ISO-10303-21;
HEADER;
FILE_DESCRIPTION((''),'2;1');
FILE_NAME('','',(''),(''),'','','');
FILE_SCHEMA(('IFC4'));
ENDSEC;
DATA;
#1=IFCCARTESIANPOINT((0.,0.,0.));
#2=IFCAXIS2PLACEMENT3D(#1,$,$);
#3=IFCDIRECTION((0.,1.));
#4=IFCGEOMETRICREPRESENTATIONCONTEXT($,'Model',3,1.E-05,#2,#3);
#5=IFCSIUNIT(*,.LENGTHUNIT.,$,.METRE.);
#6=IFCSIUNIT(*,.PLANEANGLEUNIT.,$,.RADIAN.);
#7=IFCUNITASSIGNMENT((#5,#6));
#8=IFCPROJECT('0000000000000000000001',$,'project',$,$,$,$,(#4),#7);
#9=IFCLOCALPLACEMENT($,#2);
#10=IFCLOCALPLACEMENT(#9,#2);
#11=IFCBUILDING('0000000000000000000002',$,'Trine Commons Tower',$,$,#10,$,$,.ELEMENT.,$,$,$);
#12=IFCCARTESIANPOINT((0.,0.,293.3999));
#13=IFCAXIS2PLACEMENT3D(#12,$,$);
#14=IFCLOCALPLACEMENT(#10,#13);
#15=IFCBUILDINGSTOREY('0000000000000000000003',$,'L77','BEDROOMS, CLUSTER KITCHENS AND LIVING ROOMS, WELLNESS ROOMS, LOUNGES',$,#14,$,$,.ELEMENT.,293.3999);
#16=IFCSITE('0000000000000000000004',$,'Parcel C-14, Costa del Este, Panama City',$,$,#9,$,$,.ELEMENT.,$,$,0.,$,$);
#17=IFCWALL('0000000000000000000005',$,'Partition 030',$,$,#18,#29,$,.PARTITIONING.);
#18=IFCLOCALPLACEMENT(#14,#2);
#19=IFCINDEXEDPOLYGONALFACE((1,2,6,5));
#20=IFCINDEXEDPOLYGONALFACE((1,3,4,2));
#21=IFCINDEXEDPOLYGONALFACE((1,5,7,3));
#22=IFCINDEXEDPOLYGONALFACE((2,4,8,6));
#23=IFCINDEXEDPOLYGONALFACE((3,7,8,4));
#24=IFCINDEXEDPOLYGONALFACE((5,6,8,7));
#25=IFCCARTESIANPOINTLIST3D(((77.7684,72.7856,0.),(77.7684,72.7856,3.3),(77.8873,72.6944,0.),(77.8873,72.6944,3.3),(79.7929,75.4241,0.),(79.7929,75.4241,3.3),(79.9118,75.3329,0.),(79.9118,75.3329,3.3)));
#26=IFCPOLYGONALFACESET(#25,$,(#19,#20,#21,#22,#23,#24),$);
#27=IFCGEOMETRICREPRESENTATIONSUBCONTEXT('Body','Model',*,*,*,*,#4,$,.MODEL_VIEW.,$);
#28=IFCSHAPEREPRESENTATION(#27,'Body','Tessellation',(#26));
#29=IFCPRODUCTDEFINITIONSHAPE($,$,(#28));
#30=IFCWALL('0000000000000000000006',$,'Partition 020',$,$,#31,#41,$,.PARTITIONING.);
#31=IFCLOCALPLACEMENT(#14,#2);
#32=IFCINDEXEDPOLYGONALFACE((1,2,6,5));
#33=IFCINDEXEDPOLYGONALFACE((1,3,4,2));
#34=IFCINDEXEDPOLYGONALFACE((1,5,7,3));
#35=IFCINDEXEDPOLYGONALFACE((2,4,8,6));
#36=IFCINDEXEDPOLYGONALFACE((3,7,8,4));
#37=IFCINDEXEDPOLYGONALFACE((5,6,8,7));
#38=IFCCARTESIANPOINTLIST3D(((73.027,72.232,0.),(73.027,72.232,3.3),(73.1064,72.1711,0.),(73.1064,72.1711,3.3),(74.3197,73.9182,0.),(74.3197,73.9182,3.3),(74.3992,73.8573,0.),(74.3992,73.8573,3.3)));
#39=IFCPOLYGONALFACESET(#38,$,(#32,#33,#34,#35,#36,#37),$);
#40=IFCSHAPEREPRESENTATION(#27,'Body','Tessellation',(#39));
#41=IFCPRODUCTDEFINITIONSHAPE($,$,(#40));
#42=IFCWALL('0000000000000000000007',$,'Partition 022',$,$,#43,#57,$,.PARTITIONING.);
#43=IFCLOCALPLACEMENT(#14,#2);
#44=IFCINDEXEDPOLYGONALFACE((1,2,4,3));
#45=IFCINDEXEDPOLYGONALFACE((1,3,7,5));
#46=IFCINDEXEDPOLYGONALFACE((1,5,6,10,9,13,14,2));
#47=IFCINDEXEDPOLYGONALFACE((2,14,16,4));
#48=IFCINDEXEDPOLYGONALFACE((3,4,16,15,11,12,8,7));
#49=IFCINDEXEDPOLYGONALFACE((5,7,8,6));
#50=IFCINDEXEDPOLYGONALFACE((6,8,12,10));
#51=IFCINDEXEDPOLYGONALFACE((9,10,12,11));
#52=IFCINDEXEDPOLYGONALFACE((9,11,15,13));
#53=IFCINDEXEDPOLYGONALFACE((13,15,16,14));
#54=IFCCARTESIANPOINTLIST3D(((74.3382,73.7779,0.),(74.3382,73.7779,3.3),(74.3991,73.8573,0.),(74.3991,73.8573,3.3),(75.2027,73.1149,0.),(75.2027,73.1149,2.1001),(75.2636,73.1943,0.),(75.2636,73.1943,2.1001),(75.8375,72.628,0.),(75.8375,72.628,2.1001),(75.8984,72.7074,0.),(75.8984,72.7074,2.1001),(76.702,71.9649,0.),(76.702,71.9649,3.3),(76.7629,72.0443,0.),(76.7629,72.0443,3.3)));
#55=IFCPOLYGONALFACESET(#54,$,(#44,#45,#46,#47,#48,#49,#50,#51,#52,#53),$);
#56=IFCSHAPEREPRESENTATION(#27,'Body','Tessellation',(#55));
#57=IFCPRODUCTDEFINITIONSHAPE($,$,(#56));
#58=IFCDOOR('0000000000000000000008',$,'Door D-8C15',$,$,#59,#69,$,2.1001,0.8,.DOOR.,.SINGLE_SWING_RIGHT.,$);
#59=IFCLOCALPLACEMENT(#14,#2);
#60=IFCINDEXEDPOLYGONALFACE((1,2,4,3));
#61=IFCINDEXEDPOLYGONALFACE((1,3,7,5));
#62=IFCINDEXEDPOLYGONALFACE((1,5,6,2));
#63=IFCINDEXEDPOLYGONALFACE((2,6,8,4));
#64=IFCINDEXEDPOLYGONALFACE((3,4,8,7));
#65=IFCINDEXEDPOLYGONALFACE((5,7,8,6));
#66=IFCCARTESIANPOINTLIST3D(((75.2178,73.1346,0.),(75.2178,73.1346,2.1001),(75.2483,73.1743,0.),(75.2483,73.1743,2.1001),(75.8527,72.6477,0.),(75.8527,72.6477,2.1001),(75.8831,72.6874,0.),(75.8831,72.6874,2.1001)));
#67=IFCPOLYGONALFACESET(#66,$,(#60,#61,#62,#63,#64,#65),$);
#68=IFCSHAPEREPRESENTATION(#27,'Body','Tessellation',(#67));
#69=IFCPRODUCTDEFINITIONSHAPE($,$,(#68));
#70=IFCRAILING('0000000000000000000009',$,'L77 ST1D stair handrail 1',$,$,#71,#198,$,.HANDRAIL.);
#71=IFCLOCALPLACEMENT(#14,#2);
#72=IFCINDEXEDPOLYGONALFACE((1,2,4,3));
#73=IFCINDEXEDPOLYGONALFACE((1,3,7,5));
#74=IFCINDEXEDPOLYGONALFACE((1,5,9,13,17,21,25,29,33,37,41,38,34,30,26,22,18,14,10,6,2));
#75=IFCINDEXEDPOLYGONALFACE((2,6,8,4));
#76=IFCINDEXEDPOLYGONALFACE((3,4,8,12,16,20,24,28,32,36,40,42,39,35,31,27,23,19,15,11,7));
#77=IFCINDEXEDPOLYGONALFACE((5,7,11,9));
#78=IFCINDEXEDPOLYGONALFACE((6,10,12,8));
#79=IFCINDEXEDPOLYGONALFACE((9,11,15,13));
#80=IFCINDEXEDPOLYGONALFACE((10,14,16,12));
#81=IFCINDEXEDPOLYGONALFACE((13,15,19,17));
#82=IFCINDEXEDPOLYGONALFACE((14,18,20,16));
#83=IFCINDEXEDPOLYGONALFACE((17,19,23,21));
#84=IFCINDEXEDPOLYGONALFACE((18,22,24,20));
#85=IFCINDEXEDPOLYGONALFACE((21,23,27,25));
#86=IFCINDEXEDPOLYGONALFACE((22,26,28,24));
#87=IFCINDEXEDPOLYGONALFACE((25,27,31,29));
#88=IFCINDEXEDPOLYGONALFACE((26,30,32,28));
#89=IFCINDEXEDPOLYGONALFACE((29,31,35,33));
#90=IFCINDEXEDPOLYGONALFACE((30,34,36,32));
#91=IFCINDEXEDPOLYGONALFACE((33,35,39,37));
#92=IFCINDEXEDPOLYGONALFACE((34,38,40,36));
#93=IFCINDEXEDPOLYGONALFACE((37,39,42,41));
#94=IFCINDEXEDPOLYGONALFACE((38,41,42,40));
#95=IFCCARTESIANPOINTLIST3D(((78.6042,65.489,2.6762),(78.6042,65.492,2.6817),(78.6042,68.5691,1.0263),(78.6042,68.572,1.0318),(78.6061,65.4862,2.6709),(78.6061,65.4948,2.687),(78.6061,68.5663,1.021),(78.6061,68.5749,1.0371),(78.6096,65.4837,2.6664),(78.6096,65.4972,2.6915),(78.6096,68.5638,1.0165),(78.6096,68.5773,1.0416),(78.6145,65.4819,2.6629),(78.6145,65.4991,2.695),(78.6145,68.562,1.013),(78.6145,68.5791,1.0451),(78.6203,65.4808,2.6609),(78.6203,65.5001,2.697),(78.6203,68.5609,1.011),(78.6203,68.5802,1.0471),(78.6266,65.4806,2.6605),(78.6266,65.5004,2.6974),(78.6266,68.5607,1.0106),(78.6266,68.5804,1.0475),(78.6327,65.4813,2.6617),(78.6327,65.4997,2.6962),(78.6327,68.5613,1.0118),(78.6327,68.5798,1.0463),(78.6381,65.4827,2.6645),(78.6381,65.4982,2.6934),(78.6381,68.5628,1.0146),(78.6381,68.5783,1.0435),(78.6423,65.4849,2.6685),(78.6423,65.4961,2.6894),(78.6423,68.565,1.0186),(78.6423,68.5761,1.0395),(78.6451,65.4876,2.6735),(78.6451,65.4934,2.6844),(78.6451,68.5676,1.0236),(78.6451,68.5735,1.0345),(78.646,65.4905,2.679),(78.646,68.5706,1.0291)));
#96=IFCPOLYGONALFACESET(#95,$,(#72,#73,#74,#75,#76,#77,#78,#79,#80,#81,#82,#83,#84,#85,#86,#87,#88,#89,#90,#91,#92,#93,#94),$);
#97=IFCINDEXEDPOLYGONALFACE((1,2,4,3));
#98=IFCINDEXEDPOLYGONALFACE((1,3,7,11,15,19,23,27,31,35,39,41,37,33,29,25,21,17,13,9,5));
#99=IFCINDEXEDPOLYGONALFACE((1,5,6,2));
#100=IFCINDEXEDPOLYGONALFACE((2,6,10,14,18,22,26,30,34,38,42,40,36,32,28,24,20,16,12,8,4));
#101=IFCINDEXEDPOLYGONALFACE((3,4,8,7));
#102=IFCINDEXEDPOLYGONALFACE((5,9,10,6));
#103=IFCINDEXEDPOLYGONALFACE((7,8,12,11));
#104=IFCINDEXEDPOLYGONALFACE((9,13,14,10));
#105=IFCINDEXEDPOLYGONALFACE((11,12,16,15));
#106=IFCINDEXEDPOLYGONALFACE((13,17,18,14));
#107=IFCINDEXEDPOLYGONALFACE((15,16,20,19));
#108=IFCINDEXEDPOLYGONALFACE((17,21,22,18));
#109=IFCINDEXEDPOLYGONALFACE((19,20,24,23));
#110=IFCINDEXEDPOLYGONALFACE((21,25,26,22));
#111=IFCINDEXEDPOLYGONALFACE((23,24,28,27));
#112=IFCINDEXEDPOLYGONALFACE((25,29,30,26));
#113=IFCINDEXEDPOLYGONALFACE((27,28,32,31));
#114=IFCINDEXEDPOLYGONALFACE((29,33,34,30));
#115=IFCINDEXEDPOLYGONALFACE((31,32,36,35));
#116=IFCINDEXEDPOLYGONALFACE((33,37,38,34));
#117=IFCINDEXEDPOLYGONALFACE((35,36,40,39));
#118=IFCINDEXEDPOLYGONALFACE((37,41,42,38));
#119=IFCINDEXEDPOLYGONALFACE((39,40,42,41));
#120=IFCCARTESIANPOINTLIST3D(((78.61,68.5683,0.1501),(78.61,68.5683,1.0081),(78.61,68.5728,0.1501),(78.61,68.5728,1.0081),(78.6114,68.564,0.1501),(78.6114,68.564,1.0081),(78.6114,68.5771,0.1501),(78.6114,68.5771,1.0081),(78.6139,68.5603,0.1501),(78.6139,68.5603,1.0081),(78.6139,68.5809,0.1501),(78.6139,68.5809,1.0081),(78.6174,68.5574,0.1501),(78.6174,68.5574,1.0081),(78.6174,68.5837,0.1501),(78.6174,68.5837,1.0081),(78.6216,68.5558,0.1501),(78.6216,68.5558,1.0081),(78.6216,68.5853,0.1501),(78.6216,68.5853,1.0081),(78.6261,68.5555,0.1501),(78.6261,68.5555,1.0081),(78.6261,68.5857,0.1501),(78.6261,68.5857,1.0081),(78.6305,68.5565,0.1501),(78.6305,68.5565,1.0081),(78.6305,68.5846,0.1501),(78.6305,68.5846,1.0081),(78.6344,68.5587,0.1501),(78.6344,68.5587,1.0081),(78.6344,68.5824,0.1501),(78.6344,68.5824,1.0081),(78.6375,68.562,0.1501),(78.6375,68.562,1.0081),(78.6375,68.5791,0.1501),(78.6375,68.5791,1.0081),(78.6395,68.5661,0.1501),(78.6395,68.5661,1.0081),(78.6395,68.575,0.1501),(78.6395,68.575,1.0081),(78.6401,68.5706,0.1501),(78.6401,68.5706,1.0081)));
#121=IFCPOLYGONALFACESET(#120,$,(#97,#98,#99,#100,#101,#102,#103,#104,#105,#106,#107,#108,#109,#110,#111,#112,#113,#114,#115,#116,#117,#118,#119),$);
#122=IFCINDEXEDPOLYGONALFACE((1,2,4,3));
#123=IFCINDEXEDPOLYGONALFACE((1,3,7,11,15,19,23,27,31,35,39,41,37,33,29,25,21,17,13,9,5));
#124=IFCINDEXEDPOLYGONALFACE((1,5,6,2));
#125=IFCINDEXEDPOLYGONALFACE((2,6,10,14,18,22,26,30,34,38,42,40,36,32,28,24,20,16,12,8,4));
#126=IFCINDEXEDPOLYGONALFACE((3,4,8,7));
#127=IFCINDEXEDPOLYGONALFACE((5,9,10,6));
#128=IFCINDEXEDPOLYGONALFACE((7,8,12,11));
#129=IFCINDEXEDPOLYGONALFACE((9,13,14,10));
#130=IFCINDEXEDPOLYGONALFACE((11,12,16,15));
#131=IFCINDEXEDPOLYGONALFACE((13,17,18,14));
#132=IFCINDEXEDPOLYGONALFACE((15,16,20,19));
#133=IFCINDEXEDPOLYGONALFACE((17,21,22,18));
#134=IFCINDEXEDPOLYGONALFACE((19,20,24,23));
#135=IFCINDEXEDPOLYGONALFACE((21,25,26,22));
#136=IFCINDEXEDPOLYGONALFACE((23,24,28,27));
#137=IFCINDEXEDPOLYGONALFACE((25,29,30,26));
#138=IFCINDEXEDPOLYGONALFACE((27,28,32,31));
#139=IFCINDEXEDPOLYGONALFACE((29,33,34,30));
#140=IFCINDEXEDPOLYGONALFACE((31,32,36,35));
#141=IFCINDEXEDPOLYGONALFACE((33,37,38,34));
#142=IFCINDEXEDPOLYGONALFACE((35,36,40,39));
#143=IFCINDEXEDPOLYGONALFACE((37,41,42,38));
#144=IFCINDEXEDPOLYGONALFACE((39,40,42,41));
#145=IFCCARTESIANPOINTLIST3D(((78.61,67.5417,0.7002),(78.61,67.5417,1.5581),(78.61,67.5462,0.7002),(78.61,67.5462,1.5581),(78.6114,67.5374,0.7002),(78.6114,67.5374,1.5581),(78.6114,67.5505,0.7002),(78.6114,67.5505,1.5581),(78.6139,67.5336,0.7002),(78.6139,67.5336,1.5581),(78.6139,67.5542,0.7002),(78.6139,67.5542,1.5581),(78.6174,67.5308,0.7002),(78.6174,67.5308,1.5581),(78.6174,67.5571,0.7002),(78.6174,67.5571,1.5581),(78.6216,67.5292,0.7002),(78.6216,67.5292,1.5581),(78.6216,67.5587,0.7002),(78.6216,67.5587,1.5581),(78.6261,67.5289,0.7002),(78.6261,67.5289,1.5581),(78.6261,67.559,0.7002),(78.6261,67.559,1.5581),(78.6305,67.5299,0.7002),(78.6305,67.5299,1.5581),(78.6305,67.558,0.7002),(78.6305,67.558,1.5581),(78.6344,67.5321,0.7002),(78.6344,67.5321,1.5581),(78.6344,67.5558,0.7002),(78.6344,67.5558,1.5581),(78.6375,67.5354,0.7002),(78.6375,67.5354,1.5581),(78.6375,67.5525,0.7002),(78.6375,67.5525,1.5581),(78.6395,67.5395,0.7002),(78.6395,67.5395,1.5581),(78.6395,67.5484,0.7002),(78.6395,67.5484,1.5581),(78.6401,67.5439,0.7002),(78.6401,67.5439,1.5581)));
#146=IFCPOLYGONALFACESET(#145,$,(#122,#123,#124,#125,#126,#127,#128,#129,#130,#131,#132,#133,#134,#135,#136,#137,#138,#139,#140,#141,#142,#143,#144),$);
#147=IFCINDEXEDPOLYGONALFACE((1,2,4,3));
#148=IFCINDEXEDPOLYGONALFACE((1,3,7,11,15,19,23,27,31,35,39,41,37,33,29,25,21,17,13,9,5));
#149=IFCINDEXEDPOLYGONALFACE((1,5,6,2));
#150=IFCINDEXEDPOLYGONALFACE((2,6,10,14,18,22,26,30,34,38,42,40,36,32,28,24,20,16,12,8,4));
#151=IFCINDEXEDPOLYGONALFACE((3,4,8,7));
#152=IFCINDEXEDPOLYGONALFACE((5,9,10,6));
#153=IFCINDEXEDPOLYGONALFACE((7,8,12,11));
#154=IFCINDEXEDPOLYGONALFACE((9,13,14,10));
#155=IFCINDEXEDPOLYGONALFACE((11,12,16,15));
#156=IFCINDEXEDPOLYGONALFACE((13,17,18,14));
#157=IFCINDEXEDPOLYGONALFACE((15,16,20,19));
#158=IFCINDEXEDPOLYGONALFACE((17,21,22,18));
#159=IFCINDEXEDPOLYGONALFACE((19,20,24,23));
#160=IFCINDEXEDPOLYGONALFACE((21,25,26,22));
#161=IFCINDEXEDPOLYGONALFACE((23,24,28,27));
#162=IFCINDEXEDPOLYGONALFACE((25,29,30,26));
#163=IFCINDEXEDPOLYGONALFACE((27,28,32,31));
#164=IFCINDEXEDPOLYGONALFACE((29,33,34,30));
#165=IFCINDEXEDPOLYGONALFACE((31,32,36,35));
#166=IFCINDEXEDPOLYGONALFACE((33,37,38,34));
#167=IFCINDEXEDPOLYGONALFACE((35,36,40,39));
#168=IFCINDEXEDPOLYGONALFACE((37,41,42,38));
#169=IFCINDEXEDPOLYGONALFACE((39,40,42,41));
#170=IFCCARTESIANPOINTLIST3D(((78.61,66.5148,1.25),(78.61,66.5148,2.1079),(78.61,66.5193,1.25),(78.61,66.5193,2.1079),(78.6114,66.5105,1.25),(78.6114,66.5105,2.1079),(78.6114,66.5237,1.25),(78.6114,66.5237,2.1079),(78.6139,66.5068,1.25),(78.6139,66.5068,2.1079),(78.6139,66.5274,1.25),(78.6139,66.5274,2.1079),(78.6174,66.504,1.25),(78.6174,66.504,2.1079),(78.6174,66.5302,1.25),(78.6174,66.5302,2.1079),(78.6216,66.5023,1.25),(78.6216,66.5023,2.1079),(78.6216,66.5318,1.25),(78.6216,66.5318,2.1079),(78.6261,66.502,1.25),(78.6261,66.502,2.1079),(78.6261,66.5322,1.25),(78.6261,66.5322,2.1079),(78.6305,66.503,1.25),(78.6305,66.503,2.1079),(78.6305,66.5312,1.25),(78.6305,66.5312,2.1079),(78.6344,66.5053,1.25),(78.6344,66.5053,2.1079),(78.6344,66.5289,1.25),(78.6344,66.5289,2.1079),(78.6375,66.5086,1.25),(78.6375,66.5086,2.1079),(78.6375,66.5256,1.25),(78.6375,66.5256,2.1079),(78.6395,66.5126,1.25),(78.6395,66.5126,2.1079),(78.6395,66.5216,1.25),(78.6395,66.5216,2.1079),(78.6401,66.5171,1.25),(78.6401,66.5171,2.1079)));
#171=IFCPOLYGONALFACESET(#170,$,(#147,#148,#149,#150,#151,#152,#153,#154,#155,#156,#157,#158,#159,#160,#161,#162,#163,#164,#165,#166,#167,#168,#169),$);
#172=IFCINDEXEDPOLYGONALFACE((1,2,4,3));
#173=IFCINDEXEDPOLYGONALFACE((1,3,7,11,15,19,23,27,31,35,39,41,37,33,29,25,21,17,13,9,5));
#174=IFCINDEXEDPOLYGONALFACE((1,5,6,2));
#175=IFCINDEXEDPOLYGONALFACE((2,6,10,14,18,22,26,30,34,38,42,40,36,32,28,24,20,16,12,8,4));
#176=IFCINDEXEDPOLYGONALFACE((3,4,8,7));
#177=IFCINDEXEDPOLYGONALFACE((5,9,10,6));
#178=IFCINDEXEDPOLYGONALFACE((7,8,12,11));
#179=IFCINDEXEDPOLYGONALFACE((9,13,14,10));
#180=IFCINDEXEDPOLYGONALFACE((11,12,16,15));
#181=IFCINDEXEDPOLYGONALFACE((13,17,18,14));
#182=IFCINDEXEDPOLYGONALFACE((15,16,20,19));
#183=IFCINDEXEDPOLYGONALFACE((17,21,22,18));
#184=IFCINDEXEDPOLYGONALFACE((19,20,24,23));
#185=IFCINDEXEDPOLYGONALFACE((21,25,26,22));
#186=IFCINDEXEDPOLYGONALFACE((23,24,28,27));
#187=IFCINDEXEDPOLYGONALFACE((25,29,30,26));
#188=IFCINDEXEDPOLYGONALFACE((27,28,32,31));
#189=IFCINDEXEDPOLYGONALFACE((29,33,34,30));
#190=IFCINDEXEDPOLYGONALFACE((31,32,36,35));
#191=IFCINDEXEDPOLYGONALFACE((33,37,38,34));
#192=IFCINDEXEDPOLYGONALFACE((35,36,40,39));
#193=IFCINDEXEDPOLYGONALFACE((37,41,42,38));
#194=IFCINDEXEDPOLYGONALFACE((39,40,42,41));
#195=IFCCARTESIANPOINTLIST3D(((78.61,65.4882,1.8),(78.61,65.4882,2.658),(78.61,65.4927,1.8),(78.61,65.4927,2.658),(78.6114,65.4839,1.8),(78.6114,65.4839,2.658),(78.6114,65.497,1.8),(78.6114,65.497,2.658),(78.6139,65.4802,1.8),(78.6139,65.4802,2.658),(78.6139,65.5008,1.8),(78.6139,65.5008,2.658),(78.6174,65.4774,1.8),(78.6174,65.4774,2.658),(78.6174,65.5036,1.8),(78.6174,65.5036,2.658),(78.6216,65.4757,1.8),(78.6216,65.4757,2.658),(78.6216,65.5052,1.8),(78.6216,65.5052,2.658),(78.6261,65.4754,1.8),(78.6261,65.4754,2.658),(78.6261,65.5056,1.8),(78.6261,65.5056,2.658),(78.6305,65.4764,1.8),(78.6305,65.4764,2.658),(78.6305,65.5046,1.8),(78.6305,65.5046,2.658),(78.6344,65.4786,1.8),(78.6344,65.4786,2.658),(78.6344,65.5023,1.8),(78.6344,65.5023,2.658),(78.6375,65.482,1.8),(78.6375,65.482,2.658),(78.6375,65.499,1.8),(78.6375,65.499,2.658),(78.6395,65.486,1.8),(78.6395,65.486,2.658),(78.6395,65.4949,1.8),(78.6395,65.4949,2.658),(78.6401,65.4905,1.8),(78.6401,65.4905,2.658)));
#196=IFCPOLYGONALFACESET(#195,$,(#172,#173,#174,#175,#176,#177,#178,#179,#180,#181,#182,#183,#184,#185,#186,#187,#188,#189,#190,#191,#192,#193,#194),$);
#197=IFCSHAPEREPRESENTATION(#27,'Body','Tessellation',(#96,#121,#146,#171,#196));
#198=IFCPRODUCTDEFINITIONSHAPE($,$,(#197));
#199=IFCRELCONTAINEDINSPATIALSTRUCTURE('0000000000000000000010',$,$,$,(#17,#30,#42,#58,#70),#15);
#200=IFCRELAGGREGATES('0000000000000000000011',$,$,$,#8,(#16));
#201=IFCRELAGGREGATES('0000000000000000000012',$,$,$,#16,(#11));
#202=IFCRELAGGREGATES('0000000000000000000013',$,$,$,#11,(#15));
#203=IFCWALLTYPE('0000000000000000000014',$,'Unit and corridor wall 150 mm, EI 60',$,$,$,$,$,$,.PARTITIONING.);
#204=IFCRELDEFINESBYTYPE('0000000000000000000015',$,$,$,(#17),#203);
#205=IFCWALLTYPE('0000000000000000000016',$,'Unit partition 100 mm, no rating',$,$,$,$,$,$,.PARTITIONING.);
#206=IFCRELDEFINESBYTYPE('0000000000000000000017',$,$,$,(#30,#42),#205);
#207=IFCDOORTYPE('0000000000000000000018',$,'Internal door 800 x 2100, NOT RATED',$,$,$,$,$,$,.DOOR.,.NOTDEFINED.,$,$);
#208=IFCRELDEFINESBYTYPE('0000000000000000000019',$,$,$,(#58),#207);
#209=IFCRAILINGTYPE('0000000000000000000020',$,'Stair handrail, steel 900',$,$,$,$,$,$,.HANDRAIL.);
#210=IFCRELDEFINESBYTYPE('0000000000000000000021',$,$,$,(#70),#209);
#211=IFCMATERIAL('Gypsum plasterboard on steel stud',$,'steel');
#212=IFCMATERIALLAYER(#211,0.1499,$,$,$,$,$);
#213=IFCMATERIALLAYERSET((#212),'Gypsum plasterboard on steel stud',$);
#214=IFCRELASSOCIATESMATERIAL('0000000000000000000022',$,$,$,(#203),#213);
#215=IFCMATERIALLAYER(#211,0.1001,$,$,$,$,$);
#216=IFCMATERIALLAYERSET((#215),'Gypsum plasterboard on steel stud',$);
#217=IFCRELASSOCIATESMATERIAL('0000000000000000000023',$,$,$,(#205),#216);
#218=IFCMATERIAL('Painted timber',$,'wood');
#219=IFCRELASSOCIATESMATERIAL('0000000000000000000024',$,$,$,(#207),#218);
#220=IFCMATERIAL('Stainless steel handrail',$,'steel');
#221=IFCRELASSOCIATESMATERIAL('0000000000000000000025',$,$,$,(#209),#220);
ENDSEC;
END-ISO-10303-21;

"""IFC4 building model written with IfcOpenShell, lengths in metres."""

from ifc_helpers import new_model, si_unit, direction, frame, frame_2d, origin, origin_2d, place, context, subcontext, project, spatial, rectangle, circle, extrude, material, layer, layer_set, type_object, element, fill, save


model = new_model("IFC4")

# Units and contexts
model_context = context("Model", 3, precision=1e-05, world=origin(), true_north=direction((0.0, 1.0)))
body_context = subcontext(model_context, "Body", "Model", "MODEL_VIEW")
ifc_project = project(units=[si_unit("LENGTHUNIT", "METRE"), si_unit("PLANEANGLEUNIT", "RADIAN")], contexts=[model_context])

# Site, building, storey
site_placement = place(None, origin())
site = spatial("IfcSite", under=ifc_project, at=site_placement, Name="Parcel C-14, Costa del Este, Panama City", CompositionType="ELEMENT", RefElevation=0.0)
building_placement = place(site_placement, origin())
building = spatial("IfcBuilding", under=site, at=building_placement, Name="Trine Commons Tower", CompositionType="ELEMENT")
storey_placement = place(building_placement, frame((0.0, 0.0, 293.3999)))
storey = spatial("IfcBuildingStorey", under=building, at=storey_placement, Name="L77", Description="BEDROOMS, CLUSTER KITCHENS AND LIVING ROOMS, WELLNESS ROOMS, LOUNGES", CompositionType="ELEMENT", Elevation=293.3999)

# Shared definitions
ifc_material_1 = material(Name="Gypsum plasterboard on steel stud", Category="steel")
ifc_layer_1 = layer(ifc_material_1, 0.1499)
ifc_layer_set_1 = layer_set([ifc_layer_1], Name="Gypsum plasterboard on steel stud")
wall_type_1 = type_object("IfcWallType", Name="Unit and corridor wall 150 mm, EI 60", PredefinedType="PARTITIONING", material=ifc_layer_set_1)

# Walls
wall_1_placement = place(storey_placement, frame((77.8279, 72.74, 0.0), z_axis=(0.0, 0.0, 1.0), x_axis=(0.608738, 0.793371, 0.0)))
element("IfcWall", 1, at=wall_1_placement, inside=storey, type_object=wall_type_1, Name="Partition 030", PredefinedType="PARTITIONING", context=body_context, shape_type="SweptSolid", body=[
    extrude(rectangle(XDim=3.3257, YDim=0.1499, at=frame_2d((1.6628, 0.0))), origin(), (0.0, 0.0, 1.0), 3.3),
])
ifc_layer_2 = layer(ifc_material_1, 0.1001)
ifc_layer_set_2 = layer_set([ifc_layer_2], Name="Gypsum plasterboard on steel stud")
wall_type_2 = type_object("IfcWallType", Name="Unit partition 100 mm, no rating", PredefinedType="PARTITIONING", material=ifc_layer_set_2)
wall_2_placement = place(storey_placement, frame((73.0667, 72.2014, 0.0), z_axis=(0.0, 0.0, 1.0), x_axis=(0.608405, 0.793627, 0.0)))
element("IfcWall", 2, at=wall_2_placement, inside=storey, type_object=wall_type_2, Name="Partition 020", PredefinedType="PARTITIONING", context=body_context, shape_type="SweptSolid", body=[
    extrude(rectangle(XDim=2.1248, YDim=0.1001, at=frame_2d((1.0625, 0.0))), origin(), (0.0, 0.0, 1.0), 3.3),
])

# Wall, opening, door
wall_3_placement = place(storey_placement, frame((74.3687, 73.8176, 0.0), z_axis=(0.0, 0.0, 1.0), x_axis=(0.793482, -0.608593, 0.0)))
wall_3 = element("IfcWall", 3, at=wall_3_placement, inside=storey, type_object=wall_type_2, Name="Partition 022", PredefinedType="PARTITIONING", context=body_context, shape_type="SweptSolid", body=[
    extrude(rectangle(XDim=2.979, YDim=0.1001, at=frame_2d((1.4895, 0.0))), origin(), (0.0, 0.0, 1.0), 3.3),
])
opening_1_placement = place(wall_3_placement, frame((1.0896, 0.0, 0.0)))
opening_1 = element("IfcOpeningElement", 4, at=opening_1_placement, cuts=wall_3, PredefinedType="OPENING", context=body_context, shape_type="SweptSolid", body=[
    extrude(rectangle(XDim=0.8, YDim=2.1001, at=frame_2d((0.3999, 1.05))), frame((0.0, 0.0601, 0.0), z_axis=(0.0, -1.0, 0.0), x_axis=(1.0, 0.0, 0.0)), (0.0, 0.0, 1.0), 0.1201),
])
ifc_material_2 = material(Name="Painted timber", Category="wood")
door_type_1 = type_object("IfcDoorType", Name="Internal door 800 x 2100, NOT RATED", OperationType="NOTDEFINED", PredefinedType="DOOR", material=ifc_material_2)
door_1_placement = place(opening_1_placement, origin())
door_1 = element("IfcDoor", 5, at=door_1_placement, inside=storey, type_object=door_type_1, Name="Door D-8C15", OperationType="SINGLE_SWING_RIGHT", OverallHeight=2.1001, OverallWidth=0.8, PredefinedType="DOOR", context=body_context, shape_type="SweptSolid", body=[
    extrude(rectangle(XDim=0.8, YDim=2.1001, at=frame_2d((0.3999, 1.05))), frame((0.0, 0.0249, 0.0), z_axis=(0.0, -1.0, 0.0), x_axis=(1.0, 0.0, 0.0)), (0.0, 0.0, 1.0), 0.05),
])
fill(opening_1, door_1)

# Railing
ifc_material_3 = material(Name="Stainless steel handrail", Category="steel")
railing_type = type_object("IfcRailingType", Name="Stair handrail, steel 900", PredefinedType="HANDRAIL", material=ifc_material_3)
railing_placement = place(storey_placement, frame((78.625, 68.5706, 0.1501)))
element("IfcRailing", 6, at=railing_placement, inside=storey, type_object=railing_type, Name="L77 ST1D stair handrail 1", PredefinedType="HANDRAIL", context=body_context, shape_type="SweptSolid", body=[
    extrude(circle(Radius=0.021, at=origin_2d()), frame((0.0, 0.0, 0.8789), z_axis=(0.0, -0.881497, 0.47219), x_axis=(1.0, 0.0, 0.0)), (0.0, 0.0, 1.0), 3.4941),
    extrude(circle(Radius=0.0151, at=origin_2d()), origin(), (0.0, 0.0, 1.0), 0.8579),
    extrude(circle(Radius=0.0151, at=origin_2d()), frame((0.0, -1.0266, 0.55)), (0.0, 0.0, 1.0), 0.8579),
    extrude(circle(Radius=0.0151, at=origin_2d()), frame((0.0, -2.0535, 1.0999)), (0.0, 0.0, 1.0), 0.8579),
    extrude(circle(Radius=0.0151, at=origin_2d()), frame((0.0, -3.0801, 1.6499)), (0.0, 0.0, 1.0), 0.8579),
])

save(model, "model.ifc")
